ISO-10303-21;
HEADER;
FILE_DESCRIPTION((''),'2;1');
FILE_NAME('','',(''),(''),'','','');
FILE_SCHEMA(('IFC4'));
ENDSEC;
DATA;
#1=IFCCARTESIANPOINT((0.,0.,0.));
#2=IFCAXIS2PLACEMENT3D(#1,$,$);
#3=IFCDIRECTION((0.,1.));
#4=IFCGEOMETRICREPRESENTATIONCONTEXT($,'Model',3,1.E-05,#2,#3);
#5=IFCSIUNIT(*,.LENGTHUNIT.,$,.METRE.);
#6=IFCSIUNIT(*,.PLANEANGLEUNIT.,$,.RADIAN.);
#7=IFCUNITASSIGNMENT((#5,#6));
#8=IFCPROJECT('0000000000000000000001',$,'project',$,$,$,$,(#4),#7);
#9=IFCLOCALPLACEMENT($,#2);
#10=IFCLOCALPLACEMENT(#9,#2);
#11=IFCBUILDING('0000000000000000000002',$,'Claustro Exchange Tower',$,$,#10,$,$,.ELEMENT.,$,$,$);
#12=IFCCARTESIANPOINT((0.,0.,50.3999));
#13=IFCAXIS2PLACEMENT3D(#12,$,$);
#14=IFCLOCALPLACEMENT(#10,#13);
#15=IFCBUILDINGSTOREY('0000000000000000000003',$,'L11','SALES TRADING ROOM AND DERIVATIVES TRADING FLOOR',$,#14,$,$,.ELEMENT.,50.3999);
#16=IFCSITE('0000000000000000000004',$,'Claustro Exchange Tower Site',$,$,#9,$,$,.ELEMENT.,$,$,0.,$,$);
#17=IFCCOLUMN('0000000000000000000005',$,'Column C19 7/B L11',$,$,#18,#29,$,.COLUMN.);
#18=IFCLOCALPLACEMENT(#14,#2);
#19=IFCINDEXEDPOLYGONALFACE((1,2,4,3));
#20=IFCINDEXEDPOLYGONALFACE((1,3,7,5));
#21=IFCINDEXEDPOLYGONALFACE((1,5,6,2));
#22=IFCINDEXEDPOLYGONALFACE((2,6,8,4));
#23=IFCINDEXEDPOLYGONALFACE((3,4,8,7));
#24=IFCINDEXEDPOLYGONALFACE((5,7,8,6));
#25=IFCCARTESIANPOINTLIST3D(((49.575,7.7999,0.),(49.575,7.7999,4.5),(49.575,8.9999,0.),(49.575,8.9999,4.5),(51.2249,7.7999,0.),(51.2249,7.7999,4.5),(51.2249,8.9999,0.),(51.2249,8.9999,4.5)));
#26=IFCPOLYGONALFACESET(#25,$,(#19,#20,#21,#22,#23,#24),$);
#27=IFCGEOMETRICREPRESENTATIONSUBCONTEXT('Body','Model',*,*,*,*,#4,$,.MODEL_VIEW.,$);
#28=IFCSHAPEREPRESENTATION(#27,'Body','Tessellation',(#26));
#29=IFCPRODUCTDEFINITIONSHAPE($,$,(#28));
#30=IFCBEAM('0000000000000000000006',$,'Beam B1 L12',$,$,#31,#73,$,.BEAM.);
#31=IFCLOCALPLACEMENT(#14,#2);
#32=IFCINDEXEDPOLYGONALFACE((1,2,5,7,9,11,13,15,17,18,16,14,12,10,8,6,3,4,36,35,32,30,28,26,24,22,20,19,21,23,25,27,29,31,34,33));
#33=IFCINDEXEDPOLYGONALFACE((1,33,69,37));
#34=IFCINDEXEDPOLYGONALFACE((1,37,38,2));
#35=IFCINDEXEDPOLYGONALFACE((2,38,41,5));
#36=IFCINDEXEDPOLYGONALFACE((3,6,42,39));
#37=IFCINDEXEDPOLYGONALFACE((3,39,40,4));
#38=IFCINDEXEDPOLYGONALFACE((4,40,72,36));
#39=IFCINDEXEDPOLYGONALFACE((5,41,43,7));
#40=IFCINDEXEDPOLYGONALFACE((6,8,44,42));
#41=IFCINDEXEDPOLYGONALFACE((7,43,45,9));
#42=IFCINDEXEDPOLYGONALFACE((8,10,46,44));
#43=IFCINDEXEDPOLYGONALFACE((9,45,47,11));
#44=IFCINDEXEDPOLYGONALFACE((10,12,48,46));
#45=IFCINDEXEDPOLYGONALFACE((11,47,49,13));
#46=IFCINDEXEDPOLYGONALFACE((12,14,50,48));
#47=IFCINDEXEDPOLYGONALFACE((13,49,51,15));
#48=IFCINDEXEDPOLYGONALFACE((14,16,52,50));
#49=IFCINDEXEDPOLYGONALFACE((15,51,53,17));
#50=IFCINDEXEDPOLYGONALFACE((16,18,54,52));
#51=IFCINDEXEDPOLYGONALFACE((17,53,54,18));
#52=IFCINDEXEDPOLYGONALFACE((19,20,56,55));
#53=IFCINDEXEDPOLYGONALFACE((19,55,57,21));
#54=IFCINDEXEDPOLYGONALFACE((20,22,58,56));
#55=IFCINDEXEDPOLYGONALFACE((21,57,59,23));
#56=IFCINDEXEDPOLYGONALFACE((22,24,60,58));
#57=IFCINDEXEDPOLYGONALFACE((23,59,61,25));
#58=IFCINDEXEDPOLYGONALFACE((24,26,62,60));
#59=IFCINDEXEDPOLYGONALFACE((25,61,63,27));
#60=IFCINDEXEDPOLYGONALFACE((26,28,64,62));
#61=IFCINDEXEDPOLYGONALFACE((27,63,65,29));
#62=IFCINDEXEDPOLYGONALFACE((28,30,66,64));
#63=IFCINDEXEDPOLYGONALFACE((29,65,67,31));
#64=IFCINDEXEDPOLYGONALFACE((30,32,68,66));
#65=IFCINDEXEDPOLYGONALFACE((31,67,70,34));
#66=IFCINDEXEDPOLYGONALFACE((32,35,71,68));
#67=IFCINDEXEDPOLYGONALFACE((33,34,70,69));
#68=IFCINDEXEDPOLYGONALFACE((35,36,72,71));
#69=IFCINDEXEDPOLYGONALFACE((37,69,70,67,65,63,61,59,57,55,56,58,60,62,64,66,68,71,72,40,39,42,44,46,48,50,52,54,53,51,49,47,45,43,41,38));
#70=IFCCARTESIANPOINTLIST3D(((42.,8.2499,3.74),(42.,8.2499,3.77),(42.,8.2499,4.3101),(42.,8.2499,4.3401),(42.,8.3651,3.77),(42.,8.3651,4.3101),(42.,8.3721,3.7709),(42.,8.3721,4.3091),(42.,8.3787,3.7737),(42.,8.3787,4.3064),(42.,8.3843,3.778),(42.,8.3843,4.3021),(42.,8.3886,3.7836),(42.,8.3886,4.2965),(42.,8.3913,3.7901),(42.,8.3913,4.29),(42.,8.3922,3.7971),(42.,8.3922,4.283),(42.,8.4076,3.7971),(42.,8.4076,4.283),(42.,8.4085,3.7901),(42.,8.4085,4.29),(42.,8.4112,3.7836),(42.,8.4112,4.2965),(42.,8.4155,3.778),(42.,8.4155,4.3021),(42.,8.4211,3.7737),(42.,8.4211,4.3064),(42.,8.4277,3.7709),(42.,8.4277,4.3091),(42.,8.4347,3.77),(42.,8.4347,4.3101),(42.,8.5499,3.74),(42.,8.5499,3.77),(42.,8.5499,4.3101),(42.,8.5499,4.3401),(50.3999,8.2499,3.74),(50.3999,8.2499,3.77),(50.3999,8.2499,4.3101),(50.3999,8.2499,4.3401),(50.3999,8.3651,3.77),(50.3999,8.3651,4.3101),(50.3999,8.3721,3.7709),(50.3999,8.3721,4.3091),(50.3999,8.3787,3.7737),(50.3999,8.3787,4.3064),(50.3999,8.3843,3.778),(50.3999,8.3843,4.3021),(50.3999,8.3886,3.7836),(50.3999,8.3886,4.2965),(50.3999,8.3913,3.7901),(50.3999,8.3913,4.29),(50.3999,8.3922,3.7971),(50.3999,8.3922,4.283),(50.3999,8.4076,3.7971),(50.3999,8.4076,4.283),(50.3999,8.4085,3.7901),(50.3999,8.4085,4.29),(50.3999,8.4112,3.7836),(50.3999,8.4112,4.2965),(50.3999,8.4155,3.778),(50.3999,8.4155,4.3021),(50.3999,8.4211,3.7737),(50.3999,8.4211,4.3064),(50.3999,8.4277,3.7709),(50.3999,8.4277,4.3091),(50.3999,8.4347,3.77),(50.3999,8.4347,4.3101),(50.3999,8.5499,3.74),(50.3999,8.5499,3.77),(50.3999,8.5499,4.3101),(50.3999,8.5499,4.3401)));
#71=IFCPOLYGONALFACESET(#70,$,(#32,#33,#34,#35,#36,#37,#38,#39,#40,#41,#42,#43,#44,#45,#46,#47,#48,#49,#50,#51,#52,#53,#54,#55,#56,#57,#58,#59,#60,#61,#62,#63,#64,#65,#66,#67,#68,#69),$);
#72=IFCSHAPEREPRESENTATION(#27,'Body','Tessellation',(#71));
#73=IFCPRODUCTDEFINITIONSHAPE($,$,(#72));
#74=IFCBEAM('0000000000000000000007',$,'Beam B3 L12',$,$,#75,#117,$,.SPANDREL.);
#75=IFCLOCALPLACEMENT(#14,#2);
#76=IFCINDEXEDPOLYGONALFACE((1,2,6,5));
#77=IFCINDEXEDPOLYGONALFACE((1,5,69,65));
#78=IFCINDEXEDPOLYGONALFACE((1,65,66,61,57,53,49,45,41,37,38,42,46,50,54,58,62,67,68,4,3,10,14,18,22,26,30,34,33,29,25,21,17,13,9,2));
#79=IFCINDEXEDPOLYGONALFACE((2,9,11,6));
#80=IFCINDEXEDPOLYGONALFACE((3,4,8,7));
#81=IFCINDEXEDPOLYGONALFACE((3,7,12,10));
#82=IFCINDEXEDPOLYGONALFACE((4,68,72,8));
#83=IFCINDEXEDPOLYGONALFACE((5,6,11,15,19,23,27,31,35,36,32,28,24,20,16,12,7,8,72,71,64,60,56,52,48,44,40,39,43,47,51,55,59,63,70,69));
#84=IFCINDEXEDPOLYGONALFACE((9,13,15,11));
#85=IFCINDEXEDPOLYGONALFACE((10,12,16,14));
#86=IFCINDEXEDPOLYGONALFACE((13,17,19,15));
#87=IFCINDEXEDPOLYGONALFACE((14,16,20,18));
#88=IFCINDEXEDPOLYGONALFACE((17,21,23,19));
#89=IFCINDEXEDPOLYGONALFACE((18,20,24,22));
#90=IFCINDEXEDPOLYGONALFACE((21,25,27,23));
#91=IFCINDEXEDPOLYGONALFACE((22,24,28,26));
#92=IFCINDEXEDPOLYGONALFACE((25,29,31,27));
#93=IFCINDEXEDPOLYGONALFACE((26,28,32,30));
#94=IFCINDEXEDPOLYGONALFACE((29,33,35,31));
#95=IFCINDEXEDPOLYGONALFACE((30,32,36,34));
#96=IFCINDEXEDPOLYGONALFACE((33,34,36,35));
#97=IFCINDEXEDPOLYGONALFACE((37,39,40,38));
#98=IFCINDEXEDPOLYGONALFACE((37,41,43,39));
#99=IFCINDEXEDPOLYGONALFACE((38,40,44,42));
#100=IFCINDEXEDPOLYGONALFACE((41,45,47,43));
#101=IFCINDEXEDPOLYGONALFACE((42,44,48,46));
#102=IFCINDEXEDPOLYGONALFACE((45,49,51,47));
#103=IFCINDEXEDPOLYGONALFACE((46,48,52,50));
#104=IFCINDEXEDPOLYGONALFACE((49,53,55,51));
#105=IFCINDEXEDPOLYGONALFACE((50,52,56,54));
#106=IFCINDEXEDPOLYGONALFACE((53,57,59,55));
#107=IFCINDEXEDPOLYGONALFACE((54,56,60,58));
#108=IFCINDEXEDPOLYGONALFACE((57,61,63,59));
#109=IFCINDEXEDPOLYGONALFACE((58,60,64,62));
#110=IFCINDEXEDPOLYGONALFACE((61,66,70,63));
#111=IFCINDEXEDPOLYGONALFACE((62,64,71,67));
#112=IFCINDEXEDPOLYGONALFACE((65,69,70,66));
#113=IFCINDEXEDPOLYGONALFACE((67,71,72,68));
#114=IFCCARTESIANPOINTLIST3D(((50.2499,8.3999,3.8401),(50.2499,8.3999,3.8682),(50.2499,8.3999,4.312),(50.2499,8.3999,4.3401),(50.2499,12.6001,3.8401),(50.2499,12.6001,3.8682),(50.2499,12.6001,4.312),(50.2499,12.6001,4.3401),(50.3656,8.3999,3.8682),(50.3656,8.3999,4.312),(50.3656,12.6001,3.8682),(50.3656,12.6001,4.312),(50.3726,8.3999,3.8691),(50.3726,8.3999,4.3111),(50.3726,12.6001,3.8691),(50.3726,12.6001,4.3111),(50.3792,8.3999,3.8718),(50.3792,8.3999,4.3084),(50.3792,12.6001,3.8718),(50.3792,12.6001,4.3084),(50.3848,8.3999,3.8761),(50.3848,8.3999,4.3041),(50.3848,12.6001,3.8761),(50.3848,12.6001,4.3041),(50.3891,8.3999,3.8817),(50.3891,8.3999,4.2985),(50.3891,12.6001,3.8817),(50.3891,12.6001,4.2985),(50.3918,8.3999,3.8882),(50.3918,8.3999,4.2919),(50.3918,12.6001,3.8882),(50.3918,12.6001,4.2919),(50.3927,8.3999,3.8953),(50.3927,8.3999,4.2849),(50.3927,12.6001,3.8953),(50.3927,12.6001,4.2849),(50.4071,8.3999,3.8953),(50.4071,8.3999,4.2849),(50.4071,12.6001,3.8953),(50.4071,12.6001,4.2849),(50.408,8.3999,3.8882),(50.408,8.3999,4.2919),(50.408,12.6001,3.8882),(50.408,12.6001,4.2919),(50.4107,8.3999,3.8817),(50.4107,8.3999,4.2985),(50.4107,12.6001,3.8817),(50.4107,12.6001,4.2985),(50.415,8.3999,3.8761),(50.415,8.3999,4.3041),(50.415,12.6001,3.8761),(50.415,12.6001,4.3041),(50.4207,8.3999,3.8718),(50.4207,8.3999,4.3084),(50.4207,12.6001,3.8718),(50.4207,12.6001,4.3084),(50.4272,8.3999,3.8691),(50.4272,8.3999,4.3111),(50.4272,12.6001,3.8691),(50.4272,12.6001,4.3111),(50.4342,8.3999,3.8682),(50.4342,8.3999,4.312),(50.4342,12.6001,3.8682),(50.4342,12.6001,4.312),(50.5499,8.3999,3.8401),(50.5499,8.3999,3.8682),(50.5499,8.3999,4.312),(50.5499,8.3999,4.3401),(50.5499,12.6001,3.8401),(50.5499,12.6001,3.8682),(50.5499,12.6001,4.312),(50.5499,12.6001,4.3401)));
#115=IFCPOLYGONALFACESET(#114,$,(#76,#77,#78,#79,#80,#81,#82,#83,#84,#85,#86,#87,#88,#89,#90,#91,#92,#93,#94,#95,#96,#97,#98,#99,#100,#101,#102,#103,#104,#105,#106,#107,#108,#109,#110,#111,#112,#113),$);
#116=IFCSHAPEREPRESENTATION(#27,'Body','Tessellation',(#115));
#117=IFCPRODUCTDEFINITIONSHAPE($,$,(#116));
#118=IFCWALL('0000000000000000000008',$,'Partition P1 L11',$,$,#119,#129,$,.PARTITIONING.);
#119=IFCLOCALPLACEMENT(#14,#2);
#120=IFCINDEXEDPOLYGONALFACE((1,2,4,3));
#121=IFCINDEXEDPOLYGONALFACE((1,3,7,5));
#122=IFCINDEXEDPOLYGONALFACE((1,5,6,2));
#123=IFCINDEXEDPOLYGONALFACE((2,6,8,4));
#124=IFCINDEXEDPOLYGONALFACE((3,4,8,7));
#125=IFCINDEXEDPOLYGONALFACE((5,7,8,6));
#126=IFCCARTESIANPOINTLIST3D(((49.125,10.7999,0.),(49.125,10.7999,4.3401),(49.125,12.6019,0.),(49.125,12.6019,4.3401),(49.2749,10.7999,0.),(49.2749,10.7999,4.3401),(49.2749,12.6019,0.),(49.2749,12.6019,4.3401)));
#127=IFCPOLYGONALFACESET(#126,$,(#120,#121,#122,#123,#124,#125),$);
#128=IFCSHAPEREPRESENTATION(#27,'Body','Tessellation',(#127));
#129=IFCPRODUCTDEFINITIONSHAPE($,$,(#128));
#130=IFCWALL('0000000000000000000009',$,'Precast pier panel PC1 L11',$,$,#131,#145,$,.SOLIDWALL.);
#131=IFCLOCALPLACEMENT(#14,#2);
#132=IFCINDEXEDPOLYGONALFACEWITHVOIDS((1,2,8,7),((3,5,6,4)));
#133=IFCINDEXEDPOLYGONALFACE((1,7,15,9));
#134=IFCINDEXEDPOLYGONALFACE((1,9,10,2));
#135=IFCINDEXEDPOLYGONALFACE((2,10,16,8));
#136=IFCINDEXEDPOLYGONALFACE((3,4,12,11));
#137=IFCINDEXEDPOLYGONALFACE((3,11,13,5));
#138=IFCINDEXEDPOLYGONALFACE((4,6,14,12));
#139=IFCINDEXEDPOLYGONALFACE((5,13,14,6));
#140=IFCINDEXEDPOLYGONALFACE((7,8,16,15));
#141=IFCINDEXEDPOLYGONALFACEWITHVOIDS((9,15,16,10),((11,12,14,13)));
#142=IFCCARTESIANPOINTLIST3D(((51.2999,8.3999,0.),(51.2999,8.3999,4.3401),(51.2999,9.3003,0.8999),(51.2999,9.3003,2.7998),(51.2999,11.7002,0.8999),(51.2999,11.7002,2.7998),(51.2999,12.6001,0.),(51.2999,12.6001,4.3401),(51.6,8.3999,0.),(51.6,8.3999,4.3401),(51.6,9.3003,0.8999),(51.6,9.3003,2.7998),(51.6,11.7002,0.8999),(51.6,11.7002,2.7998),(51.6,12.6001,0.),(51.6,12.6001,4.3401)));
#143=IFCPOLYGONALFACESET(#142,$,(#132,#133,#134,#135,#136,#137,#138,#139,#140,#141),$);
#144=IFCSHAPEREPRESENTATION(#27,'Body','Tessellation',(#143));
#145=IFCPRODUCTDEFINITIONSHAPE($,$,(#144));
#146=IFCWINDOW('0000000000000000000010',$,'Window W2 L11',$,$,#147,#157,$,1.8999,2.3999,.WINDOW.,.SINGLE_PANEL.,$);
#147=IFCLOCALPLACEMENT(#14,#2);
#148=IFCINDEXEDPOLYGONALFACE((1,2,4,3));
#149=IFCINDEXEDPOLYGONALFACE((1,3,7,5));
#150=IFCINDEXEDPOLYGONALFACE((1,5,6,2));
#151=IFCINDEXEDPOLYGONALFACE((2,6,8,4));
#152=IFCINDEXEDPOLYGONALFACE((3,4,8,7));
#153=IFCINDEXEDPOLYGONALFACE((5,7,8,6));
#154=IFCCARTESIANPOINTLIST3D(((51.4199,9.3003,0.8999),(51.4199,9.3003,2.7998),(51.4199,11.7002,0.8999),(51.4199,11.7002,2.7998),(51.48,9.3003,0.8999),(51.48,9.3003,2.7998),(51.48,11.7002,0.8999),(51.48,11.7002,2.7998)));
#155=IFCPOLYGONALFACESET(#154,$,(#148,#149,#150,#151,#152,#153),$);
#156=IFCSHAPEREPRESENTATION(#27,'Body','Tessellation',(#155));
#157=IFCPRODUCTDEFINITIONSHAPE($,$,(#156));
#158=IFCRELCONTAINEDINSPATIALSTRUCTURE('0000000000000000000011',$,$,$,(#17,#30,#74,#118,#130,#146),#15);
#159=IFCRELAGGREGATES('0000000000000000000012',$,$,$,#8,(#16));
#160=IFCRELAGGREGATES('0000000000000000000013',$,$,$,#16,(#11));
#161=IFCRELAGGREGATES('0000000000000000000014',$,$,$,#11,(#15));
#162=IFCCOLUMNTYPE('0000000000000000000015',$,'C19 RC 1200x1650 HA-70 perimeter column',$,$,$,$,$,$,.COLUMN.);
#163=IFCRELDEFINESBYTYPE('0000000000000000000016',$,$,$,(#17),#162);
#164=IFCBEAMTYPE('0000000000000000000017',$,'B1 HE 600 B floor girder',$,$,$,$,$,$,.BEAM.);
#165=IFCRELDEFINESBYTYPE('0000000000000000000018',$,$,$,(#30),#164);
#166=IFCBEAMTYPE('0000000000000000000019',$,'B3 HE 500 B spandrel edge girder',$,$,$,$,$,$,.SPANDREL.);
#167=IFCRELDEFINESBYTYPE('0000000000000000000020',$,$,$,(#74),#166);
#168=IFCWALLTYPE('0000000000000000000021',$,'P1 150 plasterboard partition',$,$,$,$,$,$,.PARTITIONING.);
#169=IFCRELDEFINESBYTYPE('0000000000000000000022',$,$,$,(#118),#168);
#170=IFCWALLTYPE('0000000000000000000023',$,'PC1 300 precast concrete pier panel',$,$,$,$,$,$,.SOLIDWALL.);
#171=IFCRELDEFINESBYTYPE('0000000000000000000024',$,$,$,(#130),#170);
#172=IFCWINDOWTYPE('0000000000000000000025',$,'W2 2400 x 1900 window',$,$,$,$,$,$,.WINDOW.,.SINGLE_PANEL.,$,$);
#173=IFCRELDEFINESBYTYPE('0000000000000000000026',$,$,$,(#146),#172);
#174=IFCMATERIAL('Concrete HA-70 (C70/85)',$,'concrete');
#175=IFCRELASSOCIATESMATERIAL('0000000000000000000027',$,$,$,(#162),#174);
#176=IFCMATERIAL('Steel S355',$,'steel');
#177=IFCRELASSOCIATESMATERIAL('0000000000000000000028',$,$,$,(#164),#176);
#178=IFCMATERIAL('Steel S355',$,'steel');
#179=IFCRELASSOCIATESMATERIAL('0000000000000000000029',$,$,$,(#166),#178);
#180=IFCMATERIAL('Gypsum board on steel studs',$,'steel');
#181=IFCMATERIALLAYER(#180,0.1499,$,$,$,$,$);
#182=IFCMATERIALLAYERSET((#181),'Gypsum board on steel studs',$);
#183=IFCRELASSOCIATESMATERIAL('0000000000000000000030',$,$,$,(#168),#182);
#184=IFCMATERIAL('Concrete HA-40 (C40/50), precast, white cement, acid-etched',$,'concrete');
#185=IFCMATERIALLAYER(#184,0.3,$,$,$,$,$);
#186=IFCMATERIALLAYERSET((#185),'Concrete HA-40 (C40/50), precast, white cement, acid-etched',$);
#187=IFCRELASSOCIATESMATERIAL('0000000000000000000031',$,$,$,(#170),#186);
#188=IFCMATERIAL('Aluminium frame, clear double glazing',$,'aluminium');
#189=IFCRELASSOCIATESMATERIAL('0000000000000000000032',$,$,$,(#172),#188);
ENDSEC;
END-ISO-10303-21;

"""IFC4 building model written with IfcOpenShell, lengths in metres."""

from ifc_helpers import new_model, si_unit, direction, frame, frame_2d, origin, origin_2d, place, context, subcontext, project, spatial, rectangle, i_section, extrude, material, layer, layer_set, material_profile, profile_set, type_object, element, fill, save


model = new_model("IFC4")

# Units and contexts
model_context = context("Model", 3, precision=1e-05, world=origin(), true_north=direction((0.0, 1.0)))
body_context = subcontext(model_context, "Body", "Model", "MODEL_VIEW")
ifc_project = project(units=[si_unit("LENGTHUNIT", "METRE"), si_unit("PLANEANGLEUNIT", "RADIAN")], contexts=[model_context])

# Site, building, storey
site_placement = place(None, origin())
site = spatial("IfcSite", under=ifc_project, at=site_placement, Name="Claustro Exchange Tower Site", CompositionType="ELEMENT", RefElevation=0.0)
building_placement = place(site_placement, origin())
building = spatial("IfcBuilding", under=site, at=building_placement, Name="Claustro Exchange Tower", CompositionType="ELEMENT")
storey_placement = place(building_placement, frame((0.0, 0.0, 50.3999)))
storey = spatial("IfcBuildingStorey", under=building, at=storey_placement, Name="L11", Description="SALES TRADING ROOM AND DERIVATIVES TRADING FLOOR", CompositionType="ELEMENT", Elevation=50.3999)

# Column
ifc_material_1 = material(Name="Concrete HA-70 (C70/85)", Category="concrete")
ifc_material_profile_1 = material_profile(ifc_material_1, rectangle(XDim=1.2, YDim=1.6499, at=origin_2d()), Name="RC 1200x1650")
ifc_profile_set_1 = profile_set([ifc_material_profile_1], Name="Concrete HA-70 (C70/85)")
column_type = type_object("IfcColumnType", Name="C19 RC 1200x1650 HA-70 perimeter column", PredefinedType="COLUMN", material=ifc_profile_set_1)
column_placement = place(storey_placement, frame((50.3999, 8.3999, 0.0), z_axis=(0.0, 0.0, 1.0), x_axis=(0.0, 1.0, 0.0)))
element("IfcColumn", 1, at=column_placement, inside=storey, type_object=column_type, Name="Column C19 7/B L11", PredefinedType="COLUMN", context=body_context, shape_type="SweptSolid", body=[
    extrude(rectangle(XDim=1.2, YDim=1.6499, at=origin_2d()), origin(), (0.0, 0.0, 1.0), 4.5),
])

# Beams
ifc_material_2 = material(Name="Steel S355", Category="steel")
ifc_material_profile_2 = material_profile(ifc_material_2, i_section(OverallWidth=0.3, OverallDepth=0.6001, WebThickness=0.0154, FlangeThickness=0.03, FilletRadius=0.0271, at=origin_2d()), Name="HE 600 B")
ifc_profile_set_2 = profile_set([ifc_material_profile_2], Name="Steel S355")
beam_type_1 = type_object("IfcBeamType", Name="B1 HE 600 B floor girder", PredefinedType="BEAM", material=ifc_profile_set_2)
beam_1_placement = place(storey_placement, frame((42.0, 8.3999, 4.04), z_axis=(1.0, 0.0, 0.0), x_axis=(0.0, 1.0, 0.0)))
element("IfcBeam", 2, at=beam_1_placement, inside=storey, type_object=beam_type_1, Name="Beam B1 L12", PredefinedType="BEAM", context=body_context, shape_type="SweptSolid", body=[
    extrude(i_section(OverallWidth=0.3, OverallDepth=0.6001, WebThickness=0.0154, FlangeThickness=0.03, FilletRadius=0.0271, at=origin_2d()), origin(), (0.0, 0.0, 1.0), 8.3999),
])
ifc_material_3 = material(Name="Steel S355", Category="steel")
ifc_material_profile_3 = material_profile(ifc_material_3, i_section(OverallWidth=0.3, OverallDepth=0.5, WebThickness=0.0144, FlangeThickness=0.0281, FilletRadius=0.0271, at=origin_2d()), Name="HE 500 B")
ifc_profile_set_3 = profile_set([ifc_material_profile_3], Name="Steel S355")
beam_type_2 = type_object("IfcBeamType", Name="B3 HE 500 B spandrel edge girder", PredefinedType="SPANDREL", material=ifc_profile_set_3)
beam_2_placement = place(storey_placement, frame((50.3999, 8.3999, 4.0901), z_axis=(0.0, 1.0, 0.0), x_axis=(-1.0, 0.0, 0.0)))
element("IfcBeam", 3, at=beam_2_placement, inside=storey, type_object=beam_type_2, Name="Beam B3 L12", PredefinedType="SPANDREL", context=body_context, shape_type="SweptSolid", body=[
    extrude(i_section(OverallWidth=0.3, OverallDepth=0.5, WebThickness=0.0144, FlangeThickness=0.0281, FilletRadius=0.0271, at=origin_2d()), origin(), (0.0, 0.0, 1.0), 4.2002),
])

# Wall
ifc_material_4 = material(Name="Gypsum board on steel studs", Category="steel")
ifc_layer_1 = layer(ifc_material_4, 0.1499)
ifc_layer_set_1 = layer_set([ifc_layer_1], Name="Gypsum board on steel studs")
wall_type_1 = type_object("IfcWallType", Name="P1 150 plasterboard partition", PredefinedType="PARTITIONING", material=ifc_layer_set_1)
wall_1_placement = place(storey_placement, frame((49.2, 10.8, 0.0), z_axis=(0.0, 0.0, 1.0), x_axis=(0.0, 1.0, 0.0)))
element("IfcWall", 4, at=wall_1_placement, inside=storey, type_object=wall_type_1, Name="Partition P1 L11", PredefinedType="PARTITIONING", context=body_context, shape_type="SweptSolid", body=[
    extrude(rectangle(XDim=1.802, YDim=0.1499, at=frame_2d((0.9009, 0.0))), origin(), (0.0, 0.0, 1.0), 4.3401),
])

# Wall, opening, window
ifc_material_5 = material(Name="Concrete HA-40 (C40/50), precast, white cement, acid-etched", Category="concrete")
ifc_layer_2 = layer(ifc_material_5, 0.3)
ifc_layer_set_2 = layer_set([ifc_layer_2], Name="Concrete HA-40 (C40/50), precast, white cement, acid-etched")
wall_type_2 = type_object("IfcWallType", Name="PC1 300 precast concrete pier panel", PredefinedType="SOLIDWALL", material=ifc_layer_set_2)
wall_2_placement = place(storey_placement, frame((51.45, 12.6001, 0.0), z_axis=(0.0, 0.0, 1.0), x_axis=(0.0, -1.0, 0.0)))
wall_2 = element("IfcWall", 5, at=wall_2_placement, inside=storey, type_object=wall_type_2, Name="Precast pier panel PC1 L11", PredefinedType="SOLIDWALL", context=body_context, shape_type="SweptSolid", body=[
    extrude(rectangle(XDim=4.2002, YDim=0.3, at=frame_2d((2.1001, 0.0))), origin(), (0.0, 0.0, 1.0), 4.3401),
])
opening_1_placement = place(wall_2_placement, frame((0.8999, 0.0, 0.8999)))
opening_1 = element("IfcOpeningElement", 6, at=opening_1_placement, cuts=wall_2, PredefinedType="OPENING", context=body_context, shape_type="SweptSolid", body=[
    extrude(rectangle(XDim=2.3999, YDim=1.8999, at=frame_2d((1.2, 0.95))), frame((0.0, 0.1599, 0.0), z_axis=(0.0, -1.0, 0.0), x_axis=(1.0, 0.0, 0.0)), (0.0, 0.0, 1.0), 0.3201),
])
ifc_material_6 = material(Name="Aluminium frame, clear double glazing", Category="aluminium")
window_type_1 = type_object("IfcWindowType", Name="W2 2400 x 1900 window", PartitioningType="SINGLE_PANEL", PredefinedType="WINDOW", material=ifc_material_6)
window_1_placement = place(opening_1_placement, origin())
window_1 = element("IfcWindow", 7, at=window_1_placement, inside=storey, type_object=window_type_1, Name="Window W2 L11", OverallHeight=1.8999, OverallWidth=2.3999, PartitioningType="SINGLE_PANEL", PredefinedType="WINDOW", context=body_context, shape_type="SweptSolid", body=[
    extrude(rectangle(XDim=2.3999, YDim=1.8999, at=frame_2d((1.2, 0.95))), frame((0.0, 0.03, 0.0), z_axis=(0.0, -1.0, 0.0), x_axis=(1.0, 0.0, 0.0)), (0.0, 0.0, 1.0), 0.0601),
])
fill(opening_1, window_1)

save(model, "model.ifc")
